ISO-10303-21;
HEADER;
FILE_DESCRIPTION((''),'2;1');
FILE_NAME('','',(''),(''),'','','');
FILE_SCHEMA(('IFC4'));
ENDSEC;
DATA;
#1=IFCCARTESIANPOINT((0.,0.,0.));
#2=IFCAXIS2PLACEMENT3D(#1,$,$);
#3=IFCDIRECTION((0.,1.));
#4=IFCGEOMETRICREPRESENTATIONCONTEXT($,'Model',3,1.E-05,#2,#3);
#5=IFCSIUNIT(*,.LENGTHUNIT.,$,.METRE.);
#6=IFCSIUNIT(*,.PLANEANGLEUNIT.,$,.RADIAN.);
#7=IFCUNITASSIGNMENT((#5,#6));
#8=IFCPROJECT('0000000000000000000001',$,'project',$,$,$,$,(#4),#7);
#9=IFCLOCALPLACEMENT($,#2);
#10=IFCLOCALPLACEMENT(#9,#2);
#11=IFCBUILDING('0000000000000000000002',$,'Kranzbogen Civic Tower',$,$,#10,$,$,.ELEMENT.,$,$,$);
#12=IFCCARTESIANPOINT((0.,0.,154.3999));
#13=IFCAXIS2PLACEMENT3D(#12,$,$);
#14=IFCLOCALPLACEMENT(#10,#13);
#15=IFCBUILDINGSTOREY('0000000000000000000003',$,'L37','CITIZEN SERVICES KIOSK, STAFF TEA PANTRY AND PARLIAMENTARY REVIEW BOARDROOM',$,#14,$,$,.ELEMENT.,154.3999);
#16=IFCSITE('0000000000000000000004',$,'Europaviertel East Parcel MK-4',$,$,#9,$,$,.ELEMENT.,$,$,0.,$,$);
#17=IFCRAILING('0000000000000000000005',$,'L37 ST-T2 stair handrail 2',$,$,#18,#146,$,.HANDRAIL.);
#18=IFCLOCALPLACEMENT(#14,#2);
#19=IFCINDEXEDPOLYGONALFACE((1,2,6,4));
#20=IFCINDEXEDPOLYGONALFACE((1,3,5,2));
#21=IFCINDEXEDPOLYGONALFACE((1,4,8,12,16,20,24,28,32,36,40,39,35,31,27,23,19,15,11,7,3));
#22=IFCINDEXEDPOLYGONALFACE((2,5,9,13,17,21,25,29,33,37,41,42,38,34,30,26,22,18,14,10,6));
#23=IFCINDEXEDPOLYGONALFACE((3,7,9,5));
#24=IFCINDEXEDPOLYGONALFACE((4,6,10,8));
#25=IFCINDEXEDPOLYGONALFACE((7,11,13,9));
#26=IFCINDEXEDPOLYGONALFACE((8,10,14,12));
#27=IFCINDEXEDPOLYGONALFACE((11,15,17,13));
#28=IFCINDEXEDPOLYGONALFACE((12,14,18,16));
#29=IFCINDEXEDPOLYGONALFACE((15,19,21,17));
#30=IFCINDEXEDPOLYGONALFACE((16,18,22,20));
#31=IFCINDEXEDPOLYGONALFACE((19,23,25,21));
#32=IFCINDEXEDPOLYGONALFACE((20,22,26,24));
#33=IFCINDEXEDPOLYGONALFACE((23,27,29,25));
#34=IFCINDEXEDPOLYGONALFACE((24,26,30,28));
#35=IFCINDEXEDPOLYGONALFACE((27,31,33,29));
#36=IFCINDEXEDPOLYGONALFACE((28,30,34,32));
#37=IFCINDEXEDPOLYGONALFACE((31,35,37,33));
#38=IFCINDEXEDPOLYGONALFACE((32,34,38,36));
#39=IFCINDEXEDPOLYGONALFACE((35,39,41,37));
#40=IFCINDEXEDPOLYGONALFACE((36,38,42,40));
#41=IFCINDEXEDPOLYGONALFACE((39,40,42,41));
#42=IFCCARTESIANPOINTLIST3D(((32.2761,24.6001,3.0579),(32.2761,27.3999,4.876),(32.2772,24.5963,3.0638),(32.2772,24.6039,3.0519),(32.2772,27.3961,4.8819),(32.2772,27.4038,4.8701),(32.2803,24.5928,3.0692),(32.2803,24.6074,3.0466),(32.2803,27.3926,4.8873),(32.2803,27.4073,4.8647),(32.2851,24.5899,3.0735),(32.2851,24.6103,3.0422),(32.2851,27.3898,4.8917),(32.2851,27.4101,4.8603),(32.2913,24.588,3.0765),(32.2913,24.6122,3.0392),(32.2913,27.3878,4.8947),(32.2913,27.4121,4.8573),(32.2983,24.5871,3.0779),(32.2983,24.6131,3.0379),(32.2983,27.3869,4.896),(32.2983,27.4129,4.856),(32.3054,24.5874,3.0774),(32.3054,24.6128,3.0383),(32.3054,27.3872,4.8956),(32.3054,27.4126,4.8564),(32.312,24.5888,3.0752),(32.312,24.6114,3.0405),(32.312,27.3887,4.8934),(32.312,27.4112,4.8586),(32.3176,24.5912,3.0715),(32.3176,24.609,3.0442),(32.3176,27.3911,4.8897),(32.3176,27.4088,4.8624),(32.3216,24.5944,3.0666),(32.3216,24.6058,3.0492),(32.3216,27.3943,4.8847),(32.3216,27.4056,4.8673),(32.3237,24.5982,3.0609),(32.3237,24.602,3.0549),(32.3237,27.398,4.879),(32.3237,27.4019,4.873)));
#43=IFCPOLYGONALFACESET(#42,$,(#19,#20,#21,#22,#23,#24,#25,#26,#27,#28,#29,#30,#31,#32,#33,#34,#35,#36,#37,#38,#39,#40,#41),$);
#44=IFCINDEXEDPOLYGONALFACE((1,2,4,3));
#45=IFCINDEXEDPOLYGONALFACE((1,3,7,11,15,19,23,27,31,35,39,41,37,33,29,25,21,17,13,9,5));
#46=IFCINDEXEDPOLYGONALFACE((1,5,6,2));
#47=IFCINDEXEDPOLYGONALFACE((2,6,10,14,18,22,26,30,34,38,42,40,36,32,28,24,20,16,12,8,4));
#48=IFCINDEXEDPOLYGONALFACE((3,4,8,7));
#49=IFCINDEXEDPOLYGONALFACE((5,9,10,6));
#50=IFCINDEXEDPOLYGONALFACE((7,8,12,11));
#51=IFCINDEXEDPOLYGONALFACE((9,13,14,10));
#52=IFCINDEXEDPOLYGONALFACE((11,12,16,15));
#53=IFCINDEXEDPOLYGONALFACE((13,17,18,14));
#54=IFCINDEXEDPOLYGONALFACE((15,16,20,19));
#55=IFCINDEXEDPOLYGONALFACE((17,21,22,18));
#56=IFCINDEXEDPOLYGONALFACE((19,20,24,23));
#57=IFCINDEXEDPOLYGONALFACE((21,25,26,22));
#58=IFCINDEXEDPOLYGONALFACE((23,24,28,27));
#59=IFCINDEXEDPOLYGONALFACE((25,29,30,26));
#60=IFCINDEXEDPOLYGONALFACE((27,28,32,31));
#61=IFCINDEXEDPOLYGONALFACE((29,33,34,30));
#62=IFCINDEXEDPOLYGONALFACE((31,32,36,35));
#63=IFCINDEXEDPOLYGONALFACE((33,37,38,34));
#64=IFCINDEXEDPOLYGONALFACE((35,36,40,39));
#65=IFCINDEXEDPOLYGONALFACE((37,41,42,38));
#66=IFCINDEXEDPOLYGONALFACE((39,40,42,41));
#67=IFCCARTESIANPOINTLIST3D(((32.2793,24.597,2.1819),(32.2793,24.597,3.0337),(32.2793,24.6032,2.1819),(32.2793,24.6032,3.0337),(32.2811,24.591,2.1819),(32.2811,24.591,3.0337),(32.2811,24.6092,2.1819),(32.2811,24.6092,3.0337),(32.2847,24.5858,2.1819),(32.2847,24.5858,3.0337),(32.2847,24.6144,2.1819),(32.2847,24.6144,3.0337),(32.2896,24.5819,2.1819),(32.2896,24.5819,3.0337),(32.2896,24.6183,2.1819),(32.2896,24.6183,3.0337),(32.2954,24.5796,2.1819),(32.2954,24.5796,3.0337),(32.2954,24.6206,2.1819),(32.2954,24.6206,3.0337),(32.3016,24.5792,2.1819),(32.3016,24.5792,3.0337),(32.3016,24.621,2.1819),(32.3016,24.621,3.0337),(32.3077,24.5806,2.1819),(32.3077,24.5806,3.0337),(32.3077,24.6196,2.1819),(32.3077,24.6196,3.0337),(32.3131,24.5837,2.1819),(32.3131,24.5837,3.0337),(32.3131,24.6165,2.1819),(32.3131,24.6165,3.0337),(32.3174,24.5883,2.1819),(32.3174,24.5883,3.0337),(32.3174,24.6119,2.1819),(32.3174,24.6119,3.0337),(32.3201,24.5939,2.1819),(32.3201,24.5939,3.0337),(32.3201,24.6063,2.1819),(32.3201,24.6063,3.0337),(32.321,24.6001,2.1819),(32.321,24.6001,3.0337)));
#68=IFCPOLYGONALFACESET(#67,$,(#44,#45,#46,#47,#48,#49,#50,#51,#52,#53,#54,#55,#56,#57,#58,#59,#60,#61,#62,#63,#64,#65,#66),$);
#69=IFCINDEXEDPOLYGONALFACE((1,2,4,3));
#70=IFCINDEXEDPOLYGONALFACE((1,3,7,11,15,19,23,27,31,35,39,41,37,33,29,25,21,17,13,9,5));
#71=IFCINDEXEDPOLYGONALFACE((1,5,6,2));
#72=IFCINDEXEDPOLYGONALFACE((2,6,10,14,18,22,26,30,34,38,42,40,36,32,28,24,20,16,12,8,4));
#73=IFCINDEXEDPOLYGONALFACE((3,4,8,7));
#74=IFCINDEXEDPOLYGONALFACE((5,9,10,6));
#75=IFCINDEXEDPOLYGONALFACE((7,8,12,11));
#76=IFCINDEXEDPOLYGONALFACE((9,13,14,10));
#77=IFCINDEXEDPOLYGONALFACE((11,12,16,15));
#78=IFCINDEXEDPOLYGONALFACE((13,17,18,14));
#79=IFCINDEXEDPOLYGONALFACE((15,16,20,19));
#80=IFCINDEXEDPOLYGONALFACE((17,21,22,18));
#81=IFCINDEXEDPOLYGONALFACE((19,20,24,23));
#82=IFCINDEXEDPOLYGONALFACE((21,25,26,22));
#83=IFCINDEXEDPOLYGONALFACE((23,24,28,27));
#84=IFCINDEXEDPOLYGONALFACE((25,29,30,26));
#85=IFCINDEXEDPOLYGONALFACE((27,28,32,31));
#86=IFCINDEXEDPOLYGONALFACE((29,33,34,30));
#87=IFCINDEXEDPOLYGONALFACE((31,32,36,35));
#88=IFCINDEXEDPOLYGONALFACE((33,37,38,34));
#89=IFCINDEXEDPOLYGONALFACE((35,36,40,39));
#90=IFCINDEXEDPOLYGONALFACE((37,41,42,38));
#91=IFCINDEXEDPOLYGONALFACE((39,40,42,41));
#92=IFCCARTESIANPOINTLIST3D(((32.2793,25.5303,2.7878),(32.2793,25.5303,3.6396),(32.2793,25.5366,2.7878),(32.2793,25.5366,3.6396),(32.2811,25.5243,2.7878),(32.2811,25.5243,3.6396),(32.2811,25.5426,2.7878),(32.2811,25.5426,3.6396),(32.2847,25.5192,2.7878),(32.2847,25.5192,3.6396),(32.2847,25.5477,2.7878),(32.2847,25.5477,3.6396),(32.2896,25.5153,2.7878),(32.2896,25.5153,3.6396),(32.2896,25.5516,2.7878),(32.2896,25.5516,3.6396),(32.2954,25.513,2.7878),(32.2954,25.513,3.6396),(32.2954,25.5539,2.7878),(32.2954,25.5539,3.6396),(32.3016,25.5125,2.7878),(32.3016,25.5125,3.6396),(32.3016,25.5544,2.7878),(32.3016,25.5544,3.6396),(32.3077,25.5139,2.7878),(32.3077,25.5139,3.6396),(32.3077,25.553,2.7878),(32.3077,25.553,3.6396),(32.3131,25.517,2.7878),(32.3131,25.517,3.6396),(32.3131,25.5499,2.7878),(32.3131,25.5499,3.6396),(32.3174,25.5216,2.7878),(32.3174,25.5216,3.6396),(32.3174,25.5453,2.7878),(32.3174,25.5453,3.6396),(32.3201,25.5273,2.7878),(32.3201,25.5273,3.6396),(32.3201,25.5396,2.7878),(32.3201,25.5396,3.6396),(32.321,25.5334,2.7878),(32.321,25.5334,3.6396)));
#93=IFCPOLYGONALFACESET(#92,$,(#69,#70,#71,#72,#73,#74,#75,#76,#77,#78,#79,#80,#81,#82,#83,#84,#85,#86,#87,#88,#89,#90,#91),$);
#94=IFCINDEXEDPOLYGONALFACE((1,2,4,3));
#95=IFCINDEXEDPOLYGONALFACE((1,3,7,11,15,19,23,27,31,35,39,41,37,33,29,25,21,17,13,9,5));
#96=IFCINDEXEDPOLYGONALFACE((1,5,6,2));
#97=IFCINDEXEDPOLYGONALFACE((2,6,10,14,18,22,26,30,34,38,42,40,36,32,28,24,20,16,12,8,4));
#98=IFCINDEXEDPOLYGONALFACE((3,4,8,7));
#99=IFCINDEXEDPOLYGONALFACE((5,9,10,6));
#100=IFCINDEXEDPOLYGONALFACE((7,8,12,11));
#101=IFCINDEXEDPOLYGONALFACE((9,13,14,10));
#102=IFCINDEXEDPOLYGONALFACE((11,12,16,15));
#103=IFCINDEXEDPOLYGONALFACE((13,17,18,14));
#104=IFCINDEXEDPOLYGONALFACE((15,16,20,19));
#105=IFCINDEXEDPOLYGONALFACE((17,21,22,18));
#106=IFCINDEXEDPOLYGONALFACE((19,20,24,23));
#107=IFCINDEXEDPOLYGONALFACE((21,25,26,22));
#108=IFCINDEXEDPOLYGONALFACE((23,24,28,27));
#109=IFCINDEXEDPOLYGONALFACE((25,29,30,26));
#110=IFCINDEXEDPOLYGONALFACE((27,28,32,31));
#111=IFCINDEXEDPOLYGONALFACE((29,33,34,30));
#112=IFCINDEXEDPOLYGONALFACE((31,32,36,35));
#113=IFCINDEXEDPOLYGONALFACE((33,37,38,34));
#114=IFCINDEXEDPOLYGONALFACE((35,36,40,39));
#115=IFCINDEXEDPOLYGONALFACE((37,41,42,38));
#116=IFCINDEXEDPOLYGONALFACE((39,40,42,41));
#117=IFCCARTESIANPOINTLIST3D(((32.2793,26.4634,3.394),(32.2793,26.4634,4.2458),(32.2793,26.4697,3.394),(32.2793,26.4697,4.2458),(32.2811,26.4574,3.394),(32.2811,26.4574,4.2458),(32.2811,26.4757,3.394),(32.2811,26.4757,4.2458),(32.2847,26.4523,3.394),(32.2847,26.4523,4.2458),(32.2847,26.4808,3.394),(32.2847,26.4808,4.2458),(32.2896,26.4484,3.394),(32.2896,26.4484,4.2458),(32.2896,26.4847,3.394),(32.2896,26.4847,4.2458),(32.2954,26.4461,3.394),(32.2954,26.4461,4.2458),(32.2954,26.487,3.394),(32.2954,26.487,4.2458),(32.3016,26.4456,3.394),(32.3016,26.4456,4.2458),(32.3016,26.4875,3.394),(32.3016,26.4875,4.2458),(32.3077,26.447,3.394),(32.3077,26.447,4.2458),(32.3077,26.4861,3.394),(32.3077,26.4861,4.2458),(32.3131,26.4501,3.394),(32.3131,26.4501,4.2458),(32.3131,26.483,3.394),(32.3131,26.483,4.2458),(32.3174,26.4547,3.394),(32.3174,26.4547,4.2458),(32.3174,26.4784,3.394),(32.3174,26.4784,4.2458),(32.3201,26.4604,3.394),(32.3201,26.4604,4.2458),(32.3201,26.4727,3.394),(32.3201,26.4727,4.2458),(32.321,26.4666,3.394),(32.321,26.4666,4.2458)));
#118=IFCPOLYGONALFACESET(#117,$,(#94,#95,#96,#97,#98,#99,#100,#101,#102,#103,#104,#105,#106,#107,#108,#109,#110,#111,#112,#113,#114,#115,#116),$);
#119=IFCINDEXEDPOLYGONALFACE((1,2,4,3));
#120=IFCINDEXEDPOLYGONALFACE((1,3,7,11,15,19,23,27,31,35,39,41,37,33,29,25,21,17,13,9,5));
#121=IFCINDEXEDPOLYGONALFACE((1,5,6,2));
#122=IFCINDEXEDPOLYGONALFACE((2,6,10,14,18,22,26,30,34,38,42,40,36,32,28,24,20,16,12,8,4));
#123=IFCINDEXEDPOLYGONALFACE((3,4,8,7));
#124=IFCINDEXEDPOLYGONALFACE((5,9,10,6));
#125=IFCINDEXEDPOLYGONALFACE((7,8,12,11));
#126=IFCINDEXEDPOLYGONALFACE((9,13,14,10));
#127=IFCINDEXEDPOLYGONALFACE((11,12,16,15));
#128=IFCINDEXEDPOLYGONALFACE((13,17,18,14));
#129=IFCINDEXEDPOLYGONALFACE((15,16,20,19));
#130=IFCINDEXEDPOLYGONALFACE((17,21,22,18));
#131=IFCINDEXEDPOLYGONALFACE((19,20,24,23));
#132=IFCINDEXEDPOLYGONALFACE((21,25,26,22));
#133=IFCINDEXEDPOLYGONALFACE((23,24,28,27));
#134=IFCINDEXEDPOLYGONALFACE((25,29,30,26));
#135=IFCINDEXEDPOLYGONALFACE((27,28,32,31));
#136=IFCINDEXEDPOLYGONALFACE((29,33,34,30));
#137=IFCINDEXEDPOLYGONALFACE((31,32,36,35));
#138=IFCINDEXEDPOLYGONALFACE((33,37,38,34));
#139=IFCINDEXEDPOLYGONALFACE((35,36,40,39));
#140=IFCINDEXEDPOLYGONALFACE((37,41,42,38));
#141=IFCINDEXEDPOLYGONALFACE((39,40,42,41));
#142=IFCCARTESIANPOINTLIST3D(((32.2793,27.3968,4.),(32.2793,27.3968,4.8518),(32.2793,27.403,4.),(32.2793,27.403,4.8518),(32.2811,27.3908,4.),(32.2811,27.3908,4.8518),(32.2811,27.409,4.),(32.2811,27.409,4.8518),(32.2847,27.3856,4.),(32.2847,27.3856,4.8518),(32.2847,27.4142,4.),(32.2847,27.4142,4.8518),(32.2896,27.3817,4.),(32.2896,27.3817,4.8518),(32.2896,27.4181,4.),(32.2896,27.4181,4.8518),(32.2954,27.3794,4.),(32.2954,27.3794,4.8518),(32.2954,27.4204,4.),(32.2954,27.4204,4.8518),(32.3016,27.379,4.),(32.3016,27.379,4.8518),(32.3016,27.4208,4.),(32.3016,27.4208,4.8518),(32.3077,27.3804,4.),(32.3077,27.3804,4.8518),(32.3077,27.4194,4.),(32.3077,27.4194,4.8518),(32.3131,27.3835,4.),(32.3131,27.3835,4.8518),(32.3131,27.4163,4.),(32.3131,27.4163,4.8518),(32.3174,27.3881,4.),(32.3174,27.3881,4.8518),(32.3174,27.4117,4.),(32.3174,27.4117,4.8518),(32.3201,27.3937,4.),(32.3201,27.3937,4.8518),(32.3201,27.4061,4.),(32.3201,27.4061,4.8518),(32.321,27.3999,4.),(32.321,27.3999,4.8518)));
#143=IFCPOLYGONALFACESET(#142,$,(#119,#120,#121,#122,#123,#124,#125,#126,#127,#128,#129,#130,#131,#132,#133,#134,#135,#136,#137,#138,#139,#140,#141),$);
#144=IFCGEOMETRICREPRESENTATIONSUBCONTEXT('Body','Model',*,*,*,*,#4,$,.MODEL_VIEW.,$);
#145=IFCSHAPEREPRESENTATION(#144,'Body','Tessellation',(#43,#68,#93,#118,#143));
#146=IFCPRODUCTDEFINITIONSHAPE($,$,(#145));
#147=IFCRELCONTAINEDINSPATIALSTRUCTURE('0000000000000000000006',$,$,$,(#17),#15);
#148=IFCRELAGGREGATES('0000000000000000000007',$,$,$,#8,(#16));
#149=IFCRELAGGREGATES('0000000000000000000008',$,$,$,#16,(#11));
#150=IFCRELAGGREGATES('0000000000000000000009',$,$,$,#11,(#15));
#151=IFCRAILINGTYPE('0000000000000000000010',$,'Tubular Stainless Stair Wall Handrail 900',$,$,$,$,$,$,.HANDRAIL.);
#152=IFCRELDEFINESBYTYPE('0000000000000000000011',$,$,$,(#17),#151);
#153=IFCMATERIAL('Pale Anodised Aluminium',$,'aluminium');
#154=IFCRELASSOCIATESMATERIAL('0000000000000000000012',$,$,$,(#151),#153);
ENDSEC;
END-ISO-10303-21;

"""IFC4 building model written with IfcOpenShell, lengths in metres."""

from ifc_helpers import new_model, si_unit, direction, frame, origin, origin_2d, place, context, subcontext, project, spatial, circle, extrude, material, type_object, element, save


model = new_model("IFC4")

# Units and contexts
model_context = context("Model", 3, precision=1e-05, world=origin(), true_north=direction((0.0, 1.0)))
body_context = subcontext(model_context, "Body", "Model", "MODEL_VIEW")
ifc_project = project(units=[si_unit("LENGTHUNIT", "METRE"), si_unit("PLANEANGLEUNIT", "RADIAN")], contexts=[model_context])

# Site, building, storey
site_placement = place(None, origin())
site = spatial("IfcSite", under=ifc_project, at=site_placement, Name="Europaviertel East Parcel MK-4", CompositionType="ELEMENT", RefElevation=0.0)
building_placement = place(site_placement, origin())
building = spatial("IfcBuilding", under=site, at=building_placement, Name="Kranzbogen Civic Tower", CompositionType="ELEMENT")
storey_placement = place(building_placement, frame((0.0, 0.0, 154.3999)))
storey = spatial("IfcBuildingStorey", under=building, at=storey_placement, Name="L37", Description="CITIZEN SERVICES KIOSK, STAFF TEA PANTRY AND PARLIAMENTARY REVIEW BOARDROOM", CompositionType="ELEMENT", Elevation=154.3999)

# Shared definitions
ifc_material_1 = material(Name="Pale Anodised Aluminium", Category="aluminium")

# Railing
railing_type_1 = type_object("IfcRailingType", Name="Tubular Stainless Stair Wall Handrail 900", PredefinedType="HANDRAIL", material=ifc_material_1)
railing_1_placement = place(storey_placement, frame((32.3, 24.6001, 2.1819)))
element("IfcRailing", 1, at=railing_1_placement, inside=storey, type_object=railing_type_1, Name="L37 ST-T2 stair handrail 2", PredefinedType="HANDRAIL", context=body_context, shape_type="SweptSolid", body=[
    extrude(circle(Radius=0.0239, at=origin_2d()), frame((0.0, 0.0, 0.876), z_axis=(0.0, 0.838684, 0.544618), x_axis=(-1.0, 0.0, 0.0)), (0.0, 0.0, 1.0), 3.3384),
    extrude(circle(Radius=0.021, at=origin_2d()), origin(), (0.0, 0.0, 1.0), 0.8518),
    extrude(circle(Radius=0.021, at=origin_2d()), frame((0.0, 0.9333, 0.606)), (0.0, 0.0, 1.0), 0.8518),
    extrude(circle(Radius=0.021, at=origin_2d()), frame((0.0, 1.8665, 1.2122)), (0.0, 0.0, 1.0), 0.8518),
    extrude(circle(Radius=0.021, at=origin_2d()), frame((0.0, 2.7998, 1.8181)), (0.0, 0.0, 1.0), 0.8518),
])

save(model, "model.ifc")
